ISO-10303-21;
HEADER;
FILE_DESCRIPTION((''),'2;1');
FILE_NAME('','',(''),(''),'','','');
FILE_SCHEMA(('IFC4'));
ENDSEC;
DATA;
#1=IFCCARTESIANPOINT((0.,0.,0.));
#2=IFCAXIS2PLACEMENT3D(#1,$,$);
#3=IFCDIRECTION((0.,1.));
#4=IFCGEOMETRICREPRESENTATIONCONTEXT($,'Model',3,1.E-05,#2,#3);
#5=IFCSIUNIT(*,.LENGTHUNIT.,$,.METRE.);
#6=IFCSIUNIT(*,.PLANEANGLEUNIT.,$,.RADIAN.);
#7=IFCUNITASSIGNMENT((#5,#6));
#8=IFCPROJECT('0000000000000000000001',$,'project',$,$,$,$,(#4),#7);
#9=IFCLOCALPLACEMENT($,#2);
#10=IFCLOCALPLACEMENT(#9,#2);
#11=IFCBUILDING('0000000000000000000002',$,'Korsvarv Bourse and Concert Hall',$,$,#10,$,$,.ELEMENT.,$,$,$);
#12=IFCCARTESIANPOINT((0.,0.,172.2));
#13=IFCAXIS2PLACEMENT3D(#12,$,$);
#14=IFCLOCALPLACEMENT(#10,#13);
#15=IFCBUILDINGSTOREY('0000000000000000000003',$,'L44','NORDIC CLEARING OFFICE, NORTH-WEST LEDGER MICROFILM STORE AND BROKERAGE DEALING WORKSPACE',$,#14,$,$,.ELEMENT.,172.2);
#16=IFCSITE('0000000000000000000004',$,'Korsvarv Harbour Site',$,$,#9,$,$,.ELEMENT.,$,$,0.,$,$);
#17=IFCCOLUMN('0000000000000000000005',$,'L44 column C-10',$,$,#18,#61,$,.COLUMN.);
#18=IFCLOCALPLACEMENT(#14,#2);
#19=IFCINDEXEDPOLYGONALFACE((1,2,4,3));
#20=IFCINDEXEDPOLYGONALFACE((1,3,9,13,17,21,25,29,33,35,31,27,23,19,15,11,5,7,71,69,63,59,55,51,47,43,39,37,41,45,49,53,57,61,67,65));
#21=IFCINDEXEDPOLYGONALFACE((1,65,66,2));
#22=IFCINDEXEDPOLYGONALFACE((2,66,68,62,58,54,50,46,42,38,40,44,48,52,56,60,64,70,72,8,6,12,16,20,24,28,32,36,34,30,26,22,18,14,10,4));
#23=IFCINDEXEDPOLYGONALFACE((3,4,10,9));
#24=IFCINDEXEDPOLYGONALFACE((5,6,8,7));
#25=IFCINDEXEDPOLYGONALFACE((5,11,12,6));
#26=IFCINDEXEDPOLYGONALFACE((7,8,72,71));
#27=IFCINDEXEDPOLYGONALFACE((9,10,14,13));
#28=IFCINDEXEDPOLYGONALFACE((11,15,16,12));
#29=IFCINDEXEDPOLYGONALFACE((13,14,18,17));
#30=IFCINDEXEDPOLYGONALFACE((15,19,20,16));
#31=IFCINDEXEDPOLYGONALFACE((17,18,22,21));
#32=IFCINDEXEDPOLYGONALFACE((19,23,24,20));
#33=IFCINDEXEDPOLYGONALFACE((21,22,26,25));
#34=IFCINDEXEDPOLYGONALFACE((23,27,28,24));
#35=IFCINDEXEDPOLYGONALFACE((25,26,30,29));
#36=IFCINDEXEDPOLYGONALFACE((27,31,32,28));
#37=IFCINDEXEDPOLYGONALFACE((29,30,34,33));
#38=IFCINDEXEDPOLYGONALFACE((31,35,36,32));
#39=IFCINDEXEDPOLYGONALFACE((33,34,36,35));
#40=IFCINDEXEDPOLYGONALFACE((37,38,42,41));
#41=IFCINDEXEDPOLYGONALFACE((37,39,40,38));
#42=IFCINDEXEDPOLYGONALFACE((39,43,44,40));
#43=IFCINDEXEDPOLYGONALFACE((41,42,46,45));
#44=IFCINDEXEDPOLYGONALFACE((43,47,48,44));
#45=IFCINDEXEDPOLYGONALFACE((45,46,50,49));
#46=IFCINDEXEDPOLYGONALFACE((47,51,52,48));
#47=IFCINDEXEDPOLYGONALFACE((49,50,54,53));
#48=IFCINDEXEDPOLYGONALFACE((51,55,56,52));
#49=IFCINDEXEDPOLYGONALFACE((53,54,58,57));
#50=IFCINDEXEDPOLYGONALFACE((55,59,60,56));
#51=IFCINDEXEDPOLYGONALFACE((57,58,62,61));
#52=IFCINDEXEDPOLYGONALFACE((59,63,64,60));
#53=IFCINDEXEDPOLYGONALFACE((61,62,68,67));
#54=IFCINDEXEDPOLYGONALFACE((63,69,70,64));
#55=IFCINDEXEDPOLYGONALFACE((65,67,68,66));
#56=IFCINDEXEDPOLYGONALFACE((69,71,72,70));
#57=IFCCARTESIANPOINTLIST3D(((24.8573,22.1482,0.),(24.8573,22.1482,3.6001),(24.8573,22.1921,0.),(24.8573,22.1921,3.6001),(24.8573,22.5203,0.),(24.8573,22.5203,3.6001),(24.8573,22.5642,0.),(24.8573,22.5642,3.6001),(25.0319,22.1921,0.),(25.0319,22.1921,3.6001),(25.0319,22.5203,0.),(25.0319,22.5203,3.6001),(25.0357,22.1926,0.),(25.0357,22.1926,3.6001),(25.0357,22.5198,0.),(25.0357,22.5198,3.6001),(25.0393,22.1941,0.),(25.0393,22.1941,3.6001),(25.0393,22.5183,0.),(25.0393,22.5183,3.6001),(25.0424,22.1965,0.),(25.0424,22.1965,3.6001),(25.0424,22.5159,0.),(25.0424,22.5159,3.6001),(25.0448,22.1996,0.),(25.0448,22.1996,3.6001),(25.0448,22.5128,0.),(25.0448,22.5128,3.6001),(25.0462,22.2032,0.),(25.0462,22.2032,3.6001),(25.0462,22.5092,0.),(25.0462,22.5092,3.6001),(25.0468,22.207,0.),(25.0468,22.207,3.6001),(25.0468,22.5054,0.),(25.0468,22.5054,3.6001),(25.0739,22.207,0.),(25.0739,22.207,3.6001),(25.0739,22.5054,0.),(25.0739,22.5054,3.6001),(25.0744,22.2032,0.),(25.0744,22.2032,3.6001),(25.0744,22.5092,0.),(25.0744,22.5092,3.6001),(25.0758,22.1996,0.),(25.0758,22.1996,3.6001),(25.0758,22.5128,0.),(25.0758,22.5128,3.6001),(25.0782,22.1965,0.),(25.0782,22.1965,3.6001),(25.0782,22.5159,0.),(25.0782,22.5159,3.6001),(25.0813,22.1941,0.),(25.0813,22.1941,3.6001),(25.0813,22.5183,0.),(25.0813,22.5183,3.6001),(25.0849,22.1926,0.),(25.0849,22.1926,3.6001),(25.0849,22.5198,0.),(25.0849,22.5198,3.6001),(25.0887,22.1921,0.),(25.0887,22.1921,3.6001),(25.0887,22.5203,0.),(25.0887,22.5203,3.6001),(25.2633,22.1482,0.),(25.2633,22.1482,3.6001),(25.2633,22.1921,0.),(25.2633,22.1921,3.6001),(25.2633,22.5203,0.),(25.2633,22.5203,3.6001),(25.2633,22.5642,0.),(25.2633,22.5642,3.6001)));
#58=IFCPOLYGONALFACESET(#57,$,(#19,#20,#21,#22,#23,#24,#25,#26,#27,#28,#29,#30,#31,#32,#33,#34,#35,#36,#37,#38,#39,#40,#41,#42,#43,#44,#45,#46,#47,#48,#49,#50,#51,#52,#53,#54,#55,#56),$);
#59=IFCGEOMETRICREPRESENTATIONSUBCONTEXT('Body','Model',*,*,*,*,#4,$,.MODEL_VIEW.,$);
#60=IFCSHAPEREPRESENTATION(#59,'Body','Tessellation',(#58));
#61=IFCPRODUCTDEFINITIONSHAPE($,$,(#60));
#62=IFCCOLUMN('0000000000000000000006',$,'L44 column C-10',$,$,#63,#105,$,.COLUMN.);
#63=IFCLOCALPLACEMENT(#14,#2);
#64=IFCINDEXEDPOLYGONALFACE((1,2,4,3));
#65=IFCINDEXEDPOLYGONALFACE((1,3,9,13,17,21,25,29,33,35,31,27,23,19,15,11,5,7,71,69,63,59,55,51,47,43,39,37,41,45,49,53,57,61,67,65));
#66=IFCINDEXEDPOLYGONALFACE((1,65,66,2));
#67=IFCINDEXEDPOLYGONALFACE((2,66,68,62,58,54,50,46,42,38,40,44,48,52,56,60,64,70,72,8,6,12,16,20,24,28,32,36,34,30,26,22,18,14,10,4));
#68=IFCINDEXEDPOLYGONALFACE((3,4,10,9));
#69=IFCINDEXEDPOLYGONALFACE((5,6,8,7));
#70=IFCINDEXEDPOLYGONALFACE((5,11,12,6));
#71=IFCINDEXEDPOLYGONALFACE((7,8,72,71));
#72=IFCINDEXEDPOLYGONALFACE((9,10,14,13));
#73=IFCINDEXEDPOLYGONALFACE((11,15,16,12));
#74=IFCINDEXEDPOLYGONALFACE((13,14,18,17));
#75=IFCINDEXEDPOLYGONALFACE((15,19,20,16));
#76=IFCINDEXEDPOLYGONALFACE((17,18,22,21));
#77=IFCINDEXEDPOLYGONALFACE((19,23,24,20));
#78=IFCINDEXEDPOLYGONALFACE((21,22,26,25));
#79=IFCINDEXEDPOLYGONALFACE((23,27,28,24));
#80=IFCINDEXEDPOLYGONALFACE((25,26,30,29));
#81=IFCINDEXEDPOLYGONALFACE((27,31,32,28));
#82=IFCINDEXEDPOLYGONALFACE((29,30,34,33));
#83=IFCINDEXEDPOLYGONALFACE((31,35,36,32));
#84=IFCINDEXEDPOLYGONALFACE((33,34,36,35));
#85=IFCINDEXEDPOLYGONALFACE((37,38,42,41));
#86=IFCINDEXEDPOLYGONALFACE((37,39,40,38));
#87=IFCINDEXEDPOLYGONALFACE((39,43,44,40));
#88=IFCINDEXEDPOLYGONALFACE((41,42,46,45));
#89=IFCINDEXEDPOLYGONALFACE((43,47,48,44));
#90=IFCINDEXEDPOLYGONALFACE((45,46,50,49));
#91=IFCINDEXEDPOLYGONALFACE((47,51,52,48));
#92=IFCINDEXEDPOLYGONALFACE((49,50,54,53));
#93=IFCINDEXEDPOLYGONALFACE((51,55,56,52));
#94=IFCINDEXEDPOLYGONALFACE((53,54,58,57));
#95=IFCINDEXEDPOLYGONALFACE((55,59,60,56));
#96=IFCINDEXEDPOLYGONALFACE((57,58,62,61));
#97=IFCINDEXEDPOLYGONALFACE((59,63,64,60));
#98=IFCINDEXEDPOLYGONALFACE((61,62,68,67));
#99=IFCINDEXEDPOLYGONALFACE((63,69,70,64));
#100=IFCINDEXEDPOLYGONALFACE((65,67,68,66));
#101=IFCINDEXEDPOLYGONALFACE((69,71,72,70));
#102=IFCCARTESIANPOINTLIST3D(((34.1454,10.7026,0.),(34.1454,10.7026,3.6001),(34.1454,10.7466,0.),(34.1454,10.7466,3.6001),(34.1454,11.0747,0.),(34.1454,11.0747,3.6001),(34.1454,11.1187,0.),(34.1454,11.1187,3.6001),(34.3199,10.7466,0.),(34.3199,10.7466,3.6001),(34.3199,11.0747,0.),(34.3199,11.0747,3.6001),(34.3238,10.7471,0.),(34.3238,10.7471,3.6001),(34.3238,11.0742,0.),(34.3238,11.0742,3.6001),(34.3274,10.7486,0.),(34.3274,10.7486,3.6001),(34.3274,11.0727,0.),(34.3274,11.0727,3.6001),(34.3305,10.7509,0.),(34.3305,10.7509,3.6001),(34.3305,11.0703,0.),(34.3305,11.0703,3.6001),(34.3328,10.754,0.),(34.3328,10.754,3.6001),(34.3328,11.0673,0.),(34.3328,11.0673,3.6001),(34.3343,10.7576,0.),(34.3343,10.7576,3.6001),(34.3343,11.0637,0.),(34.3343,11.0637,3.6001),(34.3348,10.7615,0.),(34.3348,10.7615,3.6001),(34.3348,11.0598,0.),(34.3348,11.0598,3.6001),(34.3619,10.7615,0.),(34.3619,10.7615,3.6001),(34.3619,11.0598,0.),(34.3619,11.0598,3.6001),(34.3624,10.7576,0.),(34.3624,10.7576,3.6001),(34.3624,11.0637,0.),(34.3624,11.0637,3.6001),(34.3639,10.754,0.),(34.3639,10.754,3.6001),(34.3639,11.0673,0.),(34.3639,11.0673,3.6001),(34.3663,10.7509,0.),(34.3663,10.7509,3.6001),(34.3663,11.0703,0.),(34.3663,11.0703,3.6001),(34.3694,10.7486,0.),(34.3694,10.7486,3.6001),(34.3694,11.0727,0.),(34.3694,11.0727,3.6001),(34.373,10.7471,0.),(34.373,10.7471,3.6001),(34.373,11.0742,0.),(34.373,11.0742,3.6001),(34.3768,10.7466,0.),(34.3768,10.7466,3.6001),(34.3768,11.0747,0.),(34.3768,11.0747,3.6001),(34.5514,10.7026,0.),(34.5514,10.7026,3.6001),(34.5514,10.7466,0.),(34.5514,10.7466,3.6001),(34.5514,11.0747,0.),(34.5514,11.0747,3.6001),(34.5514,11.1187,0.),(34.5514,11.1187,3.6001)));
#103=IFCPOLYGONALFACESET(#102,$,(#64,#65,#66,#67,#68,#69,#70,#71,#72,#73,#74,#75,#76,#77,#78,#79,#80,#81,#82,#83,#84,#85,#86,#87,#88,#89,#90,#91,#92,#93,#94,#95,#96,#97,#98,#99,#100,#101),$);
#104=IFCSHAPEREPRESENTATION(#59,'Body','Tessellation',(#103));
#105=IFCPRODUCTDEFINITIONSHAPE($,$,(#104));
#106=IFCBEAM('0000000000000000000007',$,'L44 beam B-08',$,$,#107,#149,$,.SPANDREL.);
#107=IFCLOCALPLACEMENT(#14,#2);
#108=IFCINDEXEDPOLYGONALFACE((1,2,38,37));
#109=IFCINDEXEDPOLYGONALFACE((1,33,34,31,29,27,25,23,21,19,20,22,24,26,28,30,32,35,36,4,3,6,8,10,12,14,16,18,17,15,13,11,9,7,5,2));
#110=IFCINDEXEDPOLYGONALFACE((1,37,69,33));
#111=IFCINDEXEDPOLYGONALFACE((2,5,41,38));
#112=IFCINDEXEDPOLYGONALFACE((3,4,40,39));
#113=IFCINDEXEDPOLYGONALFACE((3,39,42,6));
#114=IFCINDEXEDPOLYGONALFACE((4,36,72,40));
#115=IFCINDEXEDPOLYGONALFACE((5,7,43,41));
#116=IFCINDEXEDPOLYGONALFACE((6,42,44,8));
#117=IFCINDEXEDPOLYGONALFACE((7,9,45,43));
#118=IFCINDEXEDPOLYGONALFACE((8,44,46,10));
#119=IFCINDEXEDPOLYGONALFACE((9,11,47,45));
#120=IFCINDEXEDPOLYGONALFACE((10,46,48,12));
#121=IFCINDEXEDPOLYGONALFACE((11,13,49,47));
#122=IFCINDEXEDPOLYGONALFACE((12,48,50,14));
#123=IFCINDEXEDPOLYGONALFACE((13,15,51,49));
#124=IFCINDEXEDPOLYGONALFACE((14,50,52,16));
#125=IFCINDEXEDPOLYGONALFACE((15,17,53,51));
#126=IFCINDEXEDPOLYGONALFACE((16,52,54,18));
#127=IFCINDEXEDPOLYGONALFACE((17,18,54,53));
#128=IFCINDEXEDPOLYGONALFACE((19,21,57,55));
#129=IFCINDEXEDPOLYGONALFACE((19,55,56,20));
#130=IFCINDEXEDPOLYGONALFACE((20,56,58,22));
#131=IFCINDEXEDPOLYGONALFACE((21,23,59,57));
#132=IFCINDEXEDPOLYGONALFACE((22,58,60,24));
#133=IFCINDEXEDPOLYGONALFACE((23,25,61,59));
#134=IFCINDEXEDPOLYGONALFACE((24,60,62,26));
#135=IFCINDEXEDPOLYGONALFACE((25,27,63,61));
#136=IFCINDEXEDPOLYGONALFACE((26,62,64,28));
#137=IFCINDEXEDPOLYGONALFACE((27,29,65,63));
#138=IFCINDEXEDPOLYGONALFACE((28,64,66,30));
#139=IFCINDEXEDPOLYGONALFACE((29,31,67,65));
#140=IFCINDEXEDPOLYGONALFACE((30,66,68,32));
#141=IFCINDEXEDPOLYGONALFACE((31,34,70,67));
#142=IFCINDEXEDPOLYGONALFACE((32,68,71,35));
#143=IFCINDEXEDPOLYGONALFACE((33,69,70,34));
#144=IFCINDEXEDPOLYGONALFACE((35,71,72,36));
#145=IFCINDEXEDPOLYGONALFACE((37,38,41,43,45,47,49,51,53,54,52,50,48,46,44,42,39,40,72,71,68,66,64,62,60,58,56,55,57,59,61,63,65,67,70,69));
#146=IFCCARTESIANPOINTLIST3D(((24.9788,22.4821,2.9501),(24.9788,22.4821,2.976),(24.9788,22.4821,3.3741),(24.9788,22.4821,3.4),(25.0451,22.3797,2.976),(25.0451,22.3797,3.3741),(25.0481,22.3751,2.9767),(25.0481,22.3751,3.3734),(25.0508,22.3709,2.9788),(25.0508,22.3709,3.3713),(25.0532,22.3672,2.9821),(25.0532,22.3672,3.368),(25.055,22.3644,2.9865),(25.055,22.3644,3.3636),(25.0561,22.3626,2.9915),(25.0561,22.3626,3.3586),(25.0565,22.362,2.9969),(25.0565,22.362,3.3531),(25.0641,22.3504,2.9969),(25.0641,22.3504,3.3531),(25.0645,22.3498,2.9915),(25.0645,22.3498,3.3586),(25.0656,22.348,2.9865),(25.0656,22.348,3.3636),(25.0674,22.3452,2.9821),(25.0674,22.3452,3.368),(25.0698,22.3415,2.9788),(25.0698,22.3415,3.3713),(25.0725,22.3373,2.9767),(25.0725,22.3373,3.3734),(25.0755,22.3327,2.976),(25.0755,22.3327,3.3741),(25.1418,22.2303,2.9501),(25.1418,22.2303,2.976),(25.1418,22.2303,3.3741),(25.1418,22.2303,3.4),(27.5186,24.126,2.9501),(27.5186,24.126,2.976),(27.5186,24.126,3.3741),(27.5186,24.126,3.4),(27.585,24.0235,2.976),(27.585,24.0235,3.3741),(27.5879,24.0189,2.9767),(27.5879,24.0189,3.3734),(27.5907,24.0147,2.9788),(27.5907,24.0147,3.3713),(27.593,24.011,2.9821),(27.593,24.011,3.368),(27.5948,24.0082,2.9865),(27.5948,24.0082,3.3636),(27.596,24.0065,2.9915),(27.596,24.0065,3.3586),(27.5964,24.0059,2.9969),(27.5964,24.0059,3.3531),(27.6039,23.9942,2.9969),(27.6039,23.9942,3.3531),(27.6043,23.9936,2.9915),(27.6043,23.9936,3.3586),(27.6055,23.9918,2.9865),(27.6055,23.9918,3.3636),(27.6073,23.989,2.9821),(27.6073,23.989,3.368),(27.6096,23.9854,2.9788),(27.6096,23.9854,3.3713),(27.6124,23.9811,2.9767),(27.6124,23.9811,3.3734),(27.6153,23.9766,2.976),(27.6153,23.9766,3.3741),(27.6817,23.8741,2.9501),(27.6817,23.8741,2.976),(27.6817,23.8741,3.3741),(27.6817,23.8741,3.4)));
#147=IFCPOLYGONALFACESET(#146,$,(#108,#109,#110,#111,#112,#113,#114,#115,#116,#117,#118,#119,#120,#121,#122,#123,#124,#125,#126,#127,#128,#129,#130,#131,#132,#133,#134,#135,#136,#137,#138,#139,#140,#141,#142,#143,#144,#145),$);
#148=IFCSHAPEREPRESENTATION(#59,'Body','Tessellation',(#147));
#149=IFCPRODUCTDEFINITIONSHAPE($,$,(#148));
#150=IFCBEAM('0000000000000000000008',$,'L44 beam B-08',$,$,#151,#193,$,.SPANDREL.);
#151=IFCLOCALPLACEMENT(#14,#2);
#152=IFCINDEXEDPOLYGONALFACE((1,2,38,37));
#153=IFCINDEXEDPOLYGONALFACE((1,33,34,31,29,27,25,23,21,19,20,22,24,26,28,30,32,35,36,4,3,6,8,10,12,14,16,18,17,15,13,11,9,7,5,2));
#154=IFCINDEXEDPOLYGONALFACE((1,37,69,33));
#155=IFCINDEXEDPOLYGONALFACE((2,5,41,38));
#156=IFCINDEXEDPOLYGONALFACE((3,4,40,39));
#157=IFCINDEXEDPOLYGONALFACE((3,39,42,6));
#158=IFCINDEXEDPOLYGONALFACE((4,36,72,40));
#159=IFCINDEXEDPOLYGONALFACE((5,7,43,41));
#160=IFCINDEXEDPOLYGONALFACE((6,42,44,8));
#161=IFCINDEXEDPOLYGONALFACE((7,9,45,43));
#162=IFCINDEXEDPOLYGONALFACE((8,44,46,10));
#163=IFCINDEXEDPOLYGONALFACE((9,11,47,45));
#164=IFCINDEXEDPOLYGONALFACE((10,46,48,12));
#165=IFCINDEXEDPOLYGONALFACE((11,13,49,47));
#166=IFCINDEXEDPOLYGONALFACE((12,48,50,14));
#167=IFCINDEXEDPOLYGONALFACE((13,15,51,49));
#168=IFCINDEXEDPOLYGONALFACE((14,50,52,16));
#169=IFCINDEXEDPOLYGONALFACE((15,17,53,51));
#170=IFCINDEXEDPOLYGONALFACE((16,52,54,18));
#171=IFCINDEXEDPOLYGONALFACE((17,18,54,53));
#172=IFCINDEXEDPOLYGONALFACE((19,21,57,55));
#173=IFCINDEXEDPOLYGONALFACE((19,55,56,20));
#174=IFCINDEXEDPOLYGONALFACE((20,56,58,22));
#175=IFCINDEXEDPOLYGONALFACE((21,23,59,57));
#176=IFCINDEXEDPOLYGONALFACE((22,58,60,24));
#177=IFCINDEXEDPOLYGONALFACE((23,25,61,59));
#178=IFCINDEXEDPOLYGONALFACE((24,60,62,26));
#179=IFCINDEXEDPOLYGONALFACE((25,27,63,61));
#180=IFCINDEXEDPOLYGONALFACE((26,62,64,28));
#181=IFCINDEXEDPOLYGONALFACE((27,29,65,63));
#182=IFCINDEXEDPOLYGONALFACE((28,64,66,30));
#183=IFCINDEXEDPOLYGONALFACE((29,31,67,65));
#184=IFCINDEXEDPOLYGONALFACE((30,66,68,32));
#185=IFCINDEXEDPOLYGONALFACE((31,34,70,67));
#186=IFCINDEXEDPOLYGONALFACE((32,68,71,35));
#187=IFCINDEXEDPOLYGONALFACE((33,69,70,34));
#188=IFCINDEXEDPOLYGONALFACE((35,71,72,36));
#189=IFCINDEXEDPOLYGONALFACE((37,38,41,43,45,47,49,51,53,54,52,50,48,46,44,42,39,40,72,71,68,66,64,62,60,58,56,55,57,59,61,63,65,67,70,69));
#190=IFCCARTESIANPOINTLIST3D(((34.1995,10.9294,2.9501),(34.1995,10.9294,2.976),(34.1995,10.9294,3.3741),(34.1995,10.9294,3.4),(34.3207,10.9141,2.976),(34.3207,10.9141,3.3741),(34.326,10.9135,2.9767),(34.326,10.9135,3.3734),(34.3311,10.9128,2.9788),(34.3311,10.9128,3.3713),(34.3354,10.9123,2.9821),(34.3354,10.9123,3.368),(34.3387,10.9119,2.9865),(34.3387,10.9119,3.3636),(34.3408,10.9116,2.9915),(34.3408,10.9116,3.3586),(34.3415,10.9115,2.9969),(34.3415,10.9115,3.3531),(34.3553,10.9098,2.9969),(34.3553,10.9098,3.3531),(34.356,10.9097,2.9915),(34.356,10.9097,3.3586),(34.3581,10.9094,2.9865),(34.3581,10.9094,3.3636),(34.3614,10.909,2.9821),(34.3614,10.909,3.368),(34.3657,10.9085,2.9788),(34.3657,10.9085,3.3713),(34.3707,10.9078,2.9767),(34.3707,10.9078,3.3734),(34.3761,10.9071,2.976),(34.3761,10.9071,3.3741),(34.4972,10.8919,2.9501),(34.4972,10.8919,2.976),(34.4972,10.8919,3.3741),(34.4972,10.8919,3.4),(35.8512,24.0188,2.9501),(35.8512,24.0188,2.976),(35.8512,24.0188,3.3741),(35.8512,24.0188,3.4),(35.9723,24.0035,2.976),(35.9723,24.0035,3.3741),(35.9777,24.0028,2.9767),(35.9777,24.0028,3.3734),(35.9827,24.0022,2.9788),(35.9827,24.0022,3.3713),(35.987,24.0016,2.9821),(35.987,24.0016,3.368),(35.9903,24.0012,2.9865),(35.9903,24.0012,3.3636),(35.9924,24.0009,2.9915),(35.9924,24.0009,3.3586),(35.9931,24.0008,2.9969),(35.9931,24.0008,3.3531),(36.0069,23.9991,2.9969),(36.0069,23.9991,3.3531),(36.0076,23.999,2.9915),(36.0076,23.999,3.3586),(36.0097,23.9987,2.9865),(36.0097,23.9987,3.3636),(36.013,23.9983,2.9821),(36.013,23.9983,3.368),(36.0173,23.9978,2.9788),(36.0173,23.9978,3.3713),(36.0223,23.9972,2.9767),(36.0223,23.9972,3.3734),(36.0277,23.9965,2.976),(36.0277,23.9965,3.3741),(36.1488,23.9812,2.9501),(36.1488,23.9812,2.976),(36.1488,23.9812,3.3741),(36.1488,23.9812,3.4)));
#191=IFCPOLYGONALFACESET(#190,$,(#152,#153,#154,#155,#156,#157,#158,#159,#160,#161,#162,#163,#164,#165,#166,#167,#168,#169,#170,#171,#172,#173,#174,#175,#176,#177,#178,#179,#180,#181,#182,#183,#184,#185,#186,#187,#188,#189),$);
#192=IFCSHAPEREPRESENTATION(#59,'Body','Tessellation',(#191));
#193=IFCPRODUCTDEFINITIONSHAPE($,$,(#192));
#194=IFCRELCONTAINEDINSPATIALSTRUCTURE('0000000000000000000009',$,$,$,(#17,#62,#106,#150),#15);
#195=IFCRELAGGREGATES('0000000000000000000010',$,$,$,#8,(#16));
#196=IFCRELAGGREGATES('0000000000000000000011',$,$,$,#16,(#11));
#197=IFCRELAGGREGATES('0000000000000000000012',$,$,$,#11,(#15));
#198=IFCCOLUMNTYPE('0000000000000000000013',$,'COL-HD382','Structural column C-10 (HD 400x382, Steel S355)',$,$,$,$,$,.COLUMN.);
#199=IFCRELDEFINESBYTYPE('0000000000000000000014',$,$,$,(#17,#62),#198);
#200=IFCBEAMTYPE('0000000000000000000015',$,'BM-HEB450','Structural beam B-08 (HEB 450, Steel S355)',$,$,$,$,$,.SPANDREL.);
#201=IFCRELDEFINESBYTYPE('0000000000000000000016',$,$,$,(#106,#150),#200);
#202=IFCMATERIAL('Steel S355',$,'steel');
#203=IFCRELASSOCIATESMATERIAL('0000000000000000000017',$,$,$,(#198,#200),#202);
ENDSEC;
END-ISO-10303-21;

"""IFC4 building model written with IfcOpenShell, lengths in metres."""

from ifc_helpers import new_model, si_unit, direction, frame, origin, origin_2d, place, context, subcontext, project, spatial, i_section, extrude, source, transform, mapped, material, material_profile, profile_set, type_object, element, save


model = new_model("IFC4")

# Units and contexts
model_context = context("Model", 3, precision=1e-05, world=origin(), true_north=direction((0.0, 1.0)))
body_context = subcontext(model_context, "Body", "Model", "MODEL_VIEW")
ifc_project = project(units=[si_unit("LENGTHUNIT", "METRE"), si_unit("PLANEANGLEUNIT", "RADIAN")], contexts=[model_context])

# Site, building, storey
site_placement = place(None, origin())
site = spatial("IfcSite", under=ifc_project, at=site_placement, Name="Korsvarv Harbour Site", CompositionType="ELEMENT", RefElevation=0.0)
building_placement = place(site_placement, origin())
building = spatial("IfcBuilding", under=site, at=building_placement, Name="Korsvarv Bourse and Concert Hall", CompositionType="ELEMENT")
storey_placement = place(building_placement, frame((0.0, 0.0, 172.2)))
storey = spatial("IfcBuildingStorey", under=building, at=storey_placement, Name="L44", Description="NORDIC CLEARING OFFICE, NORTH-WEST LEDGER MICROFILM STORE AND BROKERAGE DEALING WORKSPACE", CompositionType="ELEMENT", Elevation=172.2)

# Columns
ifc_material_1 = material(Name="Steel S355", Category="steel")
ifc_material_profile_1 = material_profile(ifc_material_1, i_section(OverallWidth=0.406, OverallDepth=0.416, WebThickness=0.0271, FlangeThickness=0.0439, FilletRadius=0.0149, at=origin_2d()), Name="HD 400x382")
ifc_profile_set_1 = profile_set([ifc_material_profile_1], Name="Steel S355")
column_type = type_object("IfcColumnType", Name="COL-HD382", Description="Structural column C-10 (HD 400x382, Steel S355)", PredefinedType="COLUMN", material=ifc_profile_set_1)
shared_shape_1 = source(origin(), body_context, "Body", "SweptSolid", [
    extrude(i_section(OverallWidth=0.406, OverallDepth=0.416, WebThickness=0.0271, FlangeThickness=0.0439, FilletRadius=0.0149, at=origin_2d()), origin(), (0.0, 0.0, 1.0), 3.6001),
])
for number, where, z_axis, x_axis, name in (
    (1, (25.0603, 22.3562, 0.0), (0.0, 0.0, 1.0), (1.0, 0.0, 0.0), "L44 column C-10"),
    (2, (34.3484, 10.9106, 0.0), (0.0, 0.0, 1.0), (1.0, 0.0, 0.0), "L44 column C-10"),
):
    element("IfcColumn", number, at=place(storey_placement, frame(where, z_axis=z_axis, x_axis=x_axis)), inside=storey, type_object=column_type, Name=name, PredefinedType="COLUMN", context=body_context, shape_type="MappedRepresentation", body=[
        mapped(shared_shape_1, transform((0.0, 0.0, 0.0), scale=1.0)),
    ])

# Beams
ifc_material_profile_2 = material_profile(ifc_material_1, i_section(OverallWidth=0.3, OverallDepth=0.45, WebThickness=0.0139, FlangeThickness=0.0259, FilletRadius=0.021, at=origin_2d()), Name="HEB 450")
ifc_profile_set_2 = profile_set([ifc_material_profile_2], Name="Steel S355")
beam_type_1 = type_object("IfcBeamType", Name="BM-HEB450", Description="Structural beam B-08 (HEB 450, Steel S355)", PredefinedType="SPANDREL", material=ifc_profile_set_2)
shared_shape_2 = source(origin(), body_context, "Body", "SweptSolid", [
    extrude(i_section(OverallWidth=0.3, OverallDepth=0.45, WebThickness=0.0139, FlangeThickness=0.0259, FilletRadius=0.021, at=origin_2d()), origin(), (0.0, 0.0, 1.0), 3.0254),
])
beam_1_placement = place(storey_placement, frame((25.0603, 22.3562, 3.175), z_axis=(0.83951, 0.543345, 0.0), x_axis=(-0.543345, 0.83951, 0.0)))
element("IfcBeam", 3, at=beam_1_placement, inside=storey, type_object=beam_type_1, Name="L44 beam B-08", PredefinedType="SPANDREL", context=body_context, shape_type="MappedRepresentation", body=[
    mapped(shared_shape_2, transform((0.0, 0.0, 0.0), scale=1.0)),
])
shared_shape_3 = source(origin(), body_context, "Body", "SweptSolid", [
    extrude(i_section(OverallWidth=0.3, OverallDepth=0.45, WebThickness=0.0139, FlangeThickness=0.0259, FilletRadius=0.021, at=origin_2d()), origin(), (0.0, 0.0, 1.0), 13.1931),
])
beam_2_placement = place(storey_placement, frame((34.3484, 10.9106, 3.175), z_axis=(0.125187, 0.992133, 0.0), x_axis=(-0.992133, 0.125187, 0.0)))
element("IfcBeam", 4, at=beam_2_placement, inside=storey, type_object=beam_type_1, Name="L44 beam B-08", PredefinedType="SPANDREL", context=body_context, shape_type="MappedRepresentation", body=[
    mapped(shared_shape_3, transform((0.0, 0.0, 0.0), scale=1.0)),
])

save(model, "model.ifc")
